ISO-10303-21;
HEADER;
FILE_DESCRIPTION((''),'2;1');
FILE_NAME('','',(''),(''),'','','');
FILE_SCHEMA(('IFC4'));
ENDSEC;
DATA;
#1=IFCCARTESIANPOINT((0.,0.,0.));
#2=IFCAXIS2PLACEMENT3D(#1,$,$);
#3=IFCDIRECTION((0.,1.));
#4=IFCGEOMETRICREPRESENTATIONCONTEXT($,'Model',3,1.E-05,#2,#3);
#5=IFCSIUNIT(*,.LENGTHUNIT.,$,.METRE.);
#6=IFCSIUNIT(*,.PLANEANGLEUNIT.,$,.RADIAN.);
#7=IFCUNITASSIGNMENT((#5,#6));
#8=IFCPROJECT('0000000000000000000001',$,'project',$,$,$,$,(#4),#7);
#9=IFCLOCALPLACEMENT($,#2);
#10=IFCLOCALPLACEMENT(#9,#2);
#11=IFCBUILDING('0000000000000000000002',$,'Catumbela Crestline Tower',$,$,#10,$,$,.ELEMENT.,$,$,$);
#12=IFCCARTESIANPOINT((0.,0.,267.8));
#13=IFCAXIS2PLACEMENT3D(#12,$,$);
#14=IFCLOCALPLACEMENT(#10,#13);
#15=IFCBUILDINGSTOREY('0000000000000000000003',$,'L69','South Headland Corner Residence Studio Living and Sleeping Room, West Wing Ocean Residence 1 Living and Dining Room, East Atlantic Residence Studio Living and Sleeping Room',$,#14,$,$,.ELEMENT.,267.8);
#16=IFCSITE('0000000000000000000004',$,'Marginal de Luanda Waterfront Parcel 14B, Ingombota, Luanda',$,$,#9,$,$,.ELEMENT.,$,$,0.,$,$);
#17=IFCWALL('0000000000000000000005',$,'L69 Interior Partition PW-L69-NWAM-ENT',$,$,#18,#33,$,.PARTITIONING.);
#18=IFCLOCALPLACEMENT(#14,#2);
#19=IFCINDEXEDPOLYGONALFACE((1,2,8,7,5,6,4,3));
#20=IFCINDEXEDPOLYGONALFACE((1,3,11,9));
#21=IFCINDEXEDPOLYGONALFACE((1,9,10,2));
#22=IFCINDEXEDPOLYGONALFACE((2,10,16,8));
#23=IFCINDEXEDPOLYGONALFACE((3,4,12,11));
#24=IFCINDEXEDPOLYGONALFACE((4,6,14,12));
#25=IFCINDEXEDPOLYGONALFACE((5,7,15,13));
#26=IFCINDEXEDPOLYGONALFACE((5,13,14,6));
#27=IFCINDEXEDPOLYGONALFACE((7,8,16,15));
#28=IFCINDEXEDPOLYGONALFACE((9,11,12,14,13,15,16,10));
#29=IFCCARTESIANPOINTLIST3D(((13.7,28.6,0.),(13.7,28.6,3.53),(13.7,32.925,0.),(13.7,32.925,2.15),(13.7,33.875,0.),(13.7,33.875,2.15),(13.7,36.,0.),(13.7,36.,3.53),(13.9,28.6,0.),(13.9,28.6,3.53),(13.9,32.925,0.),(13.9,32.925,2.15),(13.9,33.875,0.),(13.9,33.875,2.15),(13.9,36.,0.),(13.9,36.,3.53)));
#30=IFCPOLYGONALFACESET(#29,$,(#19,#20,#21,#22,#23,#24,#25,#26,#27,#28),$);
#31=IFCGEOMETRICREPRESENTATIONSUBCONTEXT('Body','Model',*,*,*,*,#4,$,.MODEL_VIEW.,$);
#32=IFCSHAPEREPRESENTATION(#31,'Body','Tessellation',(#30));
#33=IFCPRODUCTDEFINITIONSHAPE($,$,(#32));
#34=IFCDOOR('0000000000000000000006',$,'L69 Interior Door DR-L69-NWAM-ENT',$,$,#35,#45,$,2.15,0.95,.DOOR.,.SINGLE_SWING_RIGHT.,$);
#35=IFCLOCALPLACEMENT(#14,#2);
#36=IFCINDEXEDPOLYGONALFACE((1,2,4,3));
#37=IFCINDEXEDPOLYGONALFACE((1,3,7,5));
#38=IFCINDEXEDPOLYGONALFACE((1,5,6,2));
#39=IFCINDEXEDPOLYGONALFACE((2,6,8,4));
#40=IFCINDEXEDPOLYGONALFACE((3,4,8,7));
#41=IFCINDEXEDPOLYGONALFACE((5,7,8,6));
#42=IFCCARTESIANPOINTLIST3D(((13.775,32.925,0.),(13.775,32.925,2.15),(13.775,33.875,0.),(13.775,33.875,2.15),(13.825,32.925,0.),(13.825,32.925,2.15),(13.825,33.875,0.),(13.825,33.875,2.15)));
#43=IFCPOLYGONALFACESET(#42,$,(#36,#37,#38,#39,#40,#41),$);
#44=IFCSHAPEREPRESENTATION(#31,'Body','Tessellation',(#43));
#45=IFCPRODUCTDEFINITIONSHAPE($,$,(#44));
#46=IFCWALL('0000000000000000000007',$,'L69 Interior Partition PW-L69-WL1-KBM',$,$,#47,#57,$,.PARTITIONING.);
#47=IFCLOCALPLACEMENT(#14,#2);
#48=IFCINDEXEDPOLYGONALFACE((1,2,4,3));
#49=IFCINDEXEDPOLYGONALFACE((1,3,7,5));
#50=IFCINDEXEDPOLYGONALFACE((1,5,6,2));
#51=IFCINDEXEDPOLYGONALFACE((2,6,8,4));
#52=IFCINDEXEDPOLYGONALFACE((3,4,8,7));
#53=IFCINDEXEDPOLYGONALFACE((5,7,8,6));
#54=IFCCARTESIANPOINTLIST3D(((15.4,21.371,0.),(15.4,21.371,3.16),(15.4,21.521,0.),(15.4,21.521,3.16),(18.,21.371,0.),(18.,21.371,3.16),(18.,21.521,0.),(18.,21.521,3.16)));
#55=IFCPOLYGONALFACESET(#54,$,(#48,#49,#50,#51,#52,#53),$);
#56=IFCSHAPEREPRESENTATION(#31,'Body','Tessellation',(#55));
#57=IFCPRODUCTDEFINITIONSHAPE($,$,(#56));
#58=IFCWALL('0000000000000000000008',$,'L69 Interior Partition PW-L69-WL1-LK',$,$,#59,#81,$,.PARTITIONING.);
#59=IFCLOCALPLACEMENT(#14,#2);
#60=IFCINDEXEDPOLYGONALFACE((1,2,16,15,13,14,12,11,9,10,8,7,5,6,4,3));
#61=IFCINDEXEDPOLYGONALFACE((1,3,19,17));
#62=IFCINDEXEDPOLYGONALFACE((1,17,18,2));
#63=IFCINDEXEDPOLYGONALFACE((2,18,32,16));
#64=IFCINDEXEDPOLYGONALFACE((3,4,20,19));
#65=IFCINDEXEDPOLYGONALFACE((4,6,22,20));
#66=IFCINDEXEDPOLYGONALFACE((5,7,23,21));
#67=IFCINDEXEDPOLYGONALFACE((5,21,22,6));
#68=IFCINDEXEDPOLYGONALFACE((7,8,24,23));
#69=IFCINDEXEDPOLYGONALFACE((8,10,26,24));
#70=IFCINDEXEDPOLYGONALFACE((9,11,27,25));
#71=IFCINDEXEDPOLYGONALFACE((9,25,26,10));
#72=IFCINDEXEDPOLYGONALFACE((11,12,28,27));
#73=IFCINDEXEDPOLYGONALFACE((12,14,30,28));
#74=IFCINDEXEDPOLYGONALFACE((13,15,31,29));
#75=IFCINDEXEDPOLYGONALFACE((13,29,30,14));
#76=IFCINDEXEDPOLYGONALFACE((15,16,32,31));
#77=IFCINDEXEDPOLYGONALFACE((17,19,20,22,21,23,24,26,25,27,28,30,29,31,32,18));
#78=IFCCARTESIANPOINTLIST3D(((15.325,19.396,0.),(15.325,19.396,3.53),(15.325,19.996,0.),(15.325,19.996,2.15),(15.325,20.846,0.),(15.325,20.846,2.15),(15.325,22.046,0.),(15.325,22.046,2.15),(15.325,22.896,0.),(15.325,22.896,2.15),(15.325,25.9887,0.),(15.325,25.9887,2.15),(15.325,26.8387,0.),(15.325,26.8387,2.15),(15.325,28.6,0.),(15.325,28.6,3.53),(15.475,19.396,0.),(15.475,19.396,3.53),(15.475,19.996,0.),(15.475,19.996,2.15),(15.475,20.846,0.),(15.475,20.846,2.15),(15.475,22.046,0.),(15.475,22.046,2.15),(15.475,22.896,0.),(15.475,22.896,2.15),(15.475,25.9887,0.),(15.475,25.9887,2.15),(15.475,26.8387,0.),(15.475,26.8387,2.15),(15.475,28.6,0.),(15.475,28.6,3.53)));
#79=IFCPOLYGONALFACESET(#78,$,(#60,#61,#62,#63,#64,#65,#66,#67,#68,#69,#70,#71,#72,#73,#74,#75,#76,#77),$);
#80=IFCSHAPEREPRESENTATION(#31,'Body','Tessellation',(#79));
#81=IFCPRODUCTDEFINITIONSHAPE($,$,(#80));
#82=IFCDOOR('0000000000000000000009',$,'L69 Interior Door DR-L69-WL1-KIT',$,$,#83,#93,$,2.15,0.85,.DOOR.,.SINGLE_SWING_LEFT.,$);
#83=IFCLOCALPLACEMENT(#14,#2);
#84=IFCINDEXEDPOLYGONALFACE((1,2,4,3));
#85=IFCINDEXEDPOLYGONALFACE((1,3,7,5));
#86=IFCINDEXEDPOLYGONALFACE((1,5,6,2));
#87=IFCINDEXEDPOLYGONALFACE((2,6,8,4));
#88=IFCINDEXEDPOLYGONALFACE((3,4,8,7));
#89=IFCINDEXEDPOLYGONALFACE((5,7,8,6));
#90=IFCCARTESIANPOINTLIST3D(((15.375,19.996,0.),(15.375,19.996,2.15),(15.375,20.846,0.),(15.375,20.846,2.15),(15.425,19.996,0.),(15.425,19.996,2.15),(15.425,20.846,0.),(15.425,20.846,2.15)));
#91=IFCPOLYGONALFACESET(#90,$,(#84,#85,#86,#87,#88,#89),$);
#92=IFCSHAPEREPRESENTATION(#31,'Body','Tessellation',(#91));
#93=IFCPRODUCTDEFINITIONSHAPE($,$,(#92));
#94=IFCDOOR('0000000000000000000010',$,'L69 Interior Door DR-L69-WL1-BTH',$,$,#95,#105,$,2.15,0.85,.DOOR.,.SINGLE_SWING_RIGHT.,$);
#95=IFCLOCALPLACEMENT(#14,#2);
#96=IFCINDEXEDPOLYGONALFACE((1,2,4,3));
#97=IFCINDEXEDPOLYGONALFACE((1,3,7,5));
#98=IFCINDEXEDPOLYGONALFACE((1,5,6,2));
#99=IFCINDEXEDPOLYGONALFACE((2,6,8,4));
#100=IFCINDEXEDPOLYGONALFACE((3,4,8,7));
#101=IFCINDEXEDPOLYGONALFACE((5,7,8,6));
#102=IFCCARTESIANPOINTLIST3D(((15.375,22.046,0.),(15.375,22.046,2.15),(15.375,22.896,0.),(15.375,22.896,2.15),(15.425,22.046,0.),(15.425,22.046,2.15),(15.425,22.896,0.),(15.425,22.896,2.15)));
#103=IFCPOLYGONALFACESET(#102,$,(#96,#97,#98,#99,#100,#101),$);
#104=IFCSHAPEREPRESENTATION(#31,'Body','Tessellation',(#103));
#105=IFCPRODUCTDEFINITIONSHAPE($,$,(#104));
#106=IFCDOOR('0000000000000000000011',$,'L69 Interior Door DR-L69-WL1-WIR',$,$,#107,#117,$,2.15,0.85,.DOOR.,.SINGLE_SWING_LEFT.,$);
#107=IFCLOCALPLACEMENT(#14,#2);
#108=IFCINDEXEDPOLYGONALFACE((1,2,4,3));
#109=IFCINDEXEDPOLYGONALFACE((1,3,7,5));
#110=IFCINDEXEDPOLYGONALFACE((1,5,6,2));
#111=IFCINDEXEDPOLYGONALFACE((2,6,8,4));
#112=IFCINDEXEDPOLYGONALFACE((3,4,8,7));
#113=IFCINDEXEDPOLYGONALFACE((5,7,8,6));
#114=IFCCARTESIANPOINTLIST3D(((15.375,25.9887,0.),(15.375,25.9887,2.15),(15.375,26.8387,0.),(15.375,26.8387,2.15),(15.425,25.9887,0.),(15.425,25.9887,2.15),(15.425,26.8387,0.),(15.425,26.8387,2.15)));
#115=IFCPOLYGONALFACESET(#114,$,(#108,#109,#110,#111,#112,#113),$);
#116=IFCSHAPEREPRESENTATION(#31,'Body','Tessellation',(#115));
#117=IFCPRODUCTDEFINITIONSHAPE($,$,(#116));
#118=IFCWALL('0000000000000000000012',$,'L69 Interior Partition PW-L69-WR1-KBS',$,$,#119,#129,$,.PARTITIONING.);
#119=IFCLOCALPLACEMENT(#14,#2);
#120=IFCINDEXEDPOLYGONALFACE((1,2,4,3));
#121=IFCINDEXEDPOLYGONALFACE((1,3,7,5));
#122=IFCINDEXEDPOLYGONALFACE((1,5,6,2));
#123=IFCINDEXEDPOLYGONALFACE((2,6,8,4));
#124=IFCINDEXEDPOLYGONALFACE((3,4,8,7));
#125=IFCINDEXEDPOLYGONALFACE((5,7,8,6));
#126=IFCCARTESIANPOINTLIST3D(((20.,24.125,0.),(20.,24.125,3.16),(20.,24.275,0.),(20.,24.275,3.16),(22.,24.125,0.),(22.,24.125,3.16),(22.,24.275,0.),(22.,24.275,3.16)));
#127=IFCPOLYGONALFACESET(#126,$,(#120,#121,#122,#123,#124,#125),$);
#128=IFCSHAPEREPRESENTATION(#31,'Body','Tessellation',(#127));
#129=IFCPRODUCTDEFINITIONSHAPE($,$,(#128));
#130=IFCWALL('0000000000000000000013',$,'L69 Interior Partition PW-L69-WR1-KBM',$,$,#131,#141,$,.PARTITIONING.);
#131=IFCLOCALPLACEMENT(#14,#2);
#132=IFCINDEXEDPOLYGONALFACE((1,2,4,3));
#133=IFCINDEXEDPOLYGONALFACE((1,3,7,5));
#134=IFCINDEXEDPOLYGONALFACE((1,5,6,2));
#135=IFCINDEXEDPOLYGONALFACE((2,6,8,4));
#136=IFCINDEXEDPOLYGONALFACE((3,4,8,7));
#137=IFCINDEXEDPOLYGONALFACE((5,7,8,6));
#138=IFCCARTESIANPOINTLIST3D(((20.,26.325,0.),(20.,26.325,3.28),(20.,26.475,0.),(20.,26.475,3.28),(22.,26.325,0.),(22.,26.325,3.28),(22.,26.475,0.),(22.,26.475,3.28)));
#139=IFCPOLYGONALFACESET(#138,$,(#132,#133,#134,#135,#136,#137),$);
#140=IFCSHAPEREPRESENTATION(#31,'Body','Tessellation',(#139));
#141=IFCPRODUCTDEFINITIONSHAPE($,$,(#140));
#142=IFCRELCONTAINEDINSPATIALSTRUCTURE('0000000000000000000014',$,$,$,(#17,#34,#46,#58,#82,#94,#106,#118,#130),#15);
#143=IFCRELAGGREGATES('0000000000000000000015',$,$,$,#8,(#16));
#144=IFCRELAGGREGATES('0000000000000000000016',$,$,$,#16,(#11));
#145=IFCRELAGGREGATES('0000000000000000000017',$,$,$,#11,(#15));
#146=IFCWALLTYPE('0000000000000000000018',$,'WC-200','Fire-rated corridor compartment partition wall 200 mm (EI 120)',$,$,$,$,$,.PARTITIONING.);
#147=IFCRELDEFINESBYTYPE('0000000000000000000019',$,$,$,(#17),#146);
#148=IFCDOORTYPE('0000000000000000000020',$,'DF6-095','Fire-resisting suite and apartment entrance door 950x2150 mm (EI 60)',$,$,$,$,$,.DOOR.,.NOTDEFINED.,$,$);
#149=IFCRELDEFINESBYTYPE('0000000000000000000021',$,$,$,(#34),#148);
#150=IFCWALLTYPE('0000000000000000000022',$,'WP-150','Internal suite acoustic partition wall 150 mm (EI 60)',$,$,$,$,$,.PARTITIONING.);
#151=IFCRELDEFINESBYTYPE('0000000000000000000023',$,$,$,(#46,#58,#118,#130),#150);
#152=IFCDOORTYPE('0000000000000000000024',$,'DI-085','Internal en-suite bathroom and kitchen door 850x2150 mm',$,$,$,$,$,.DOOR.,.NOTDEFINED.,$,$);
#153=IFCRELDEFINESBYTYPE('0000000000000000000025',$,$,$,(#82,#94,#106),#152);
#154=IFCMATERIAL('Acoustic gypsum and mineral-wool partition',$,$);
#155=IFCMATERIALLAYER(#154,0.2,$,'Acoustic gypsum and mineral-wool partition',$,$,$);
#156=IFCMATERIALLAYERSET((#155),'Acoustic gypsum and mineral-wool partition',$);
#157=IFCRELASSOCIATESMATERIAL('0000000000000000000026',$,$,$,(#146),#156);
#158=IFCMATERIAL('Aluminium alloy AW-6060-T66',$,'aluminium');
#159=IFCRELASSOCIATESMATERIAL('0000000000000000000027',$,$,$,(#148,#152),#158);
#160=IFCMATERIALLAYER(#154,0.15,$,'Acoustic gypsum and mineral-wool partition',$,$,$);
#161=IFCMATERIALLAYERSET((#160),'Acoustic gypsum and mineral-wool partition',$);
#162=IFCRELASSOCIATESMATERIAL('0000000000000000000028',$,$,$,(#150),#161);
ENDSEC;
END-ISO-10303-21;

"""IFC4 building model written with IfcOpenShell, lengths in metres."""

from ifc_helpers import new_model, si_unit, direction, frame, frame_2d, origin, place, context, subcontext, project, spatial, rectangle, extrude, material, layer, layer_set, type_object, element, fill, save


model = new_model("IFC4")

# Units and contexts
model_context = context("Model", 3, precision=1e-05, world=origin(), true_north=direction((0.0, 1.0)))
body_context = subcontext(model_context, "Body", "Model", "MODEL_VIEW")
ifc_project = project(units=[si_unit("LENGTHUNIT", "METRE"), si_unit("PLANEANGLEUNIT", "RADIAN")], contexts=[model_context])

# Site, building, storey
site_placement = place(None, origin())
site = spatial("IfcSite", under=ifc_project, at=site_placement, Name="Marginal de Luanda Waterfront Parcel 14B, Ingombota, Luanda", CompositionType="ELEMENT", RefElevation=0.0)
building_placement = place(site_placement, origin())
building = spatial("IfcBuilding", under=site, at=building_placement, Name="Catumbela Crestline Tower", CompositionType="ELEMENT")
storey_placement = place(building_placement, frame((0.0, 0.0, 267.8)))
storey = spatial("IfcBuildingStorey", under=building, at=storey_placement, Name="L69", Description="South Headland Corner Residence Studio Living and Sleeping Room, West Wing Ocean Residence 1 Living and Dining Room, East Atlantic Residence Studio Living and Sleeping Room", CompositionType="ELEMENT", Elevation=267.8)

# Shared definitions
ifc_material_1 = material(Name="Acoustic gypsum and mineral-wool partition")
ifc_layer_1 = layer(ifc_material_1, 0.2, Name="Acoustic gypsum and mineral-wool partition")
ifc_layer_set_1 = layer_set([ifc_layer_1], Name="Acoustic gypsum and mineral-wool partition")
wall_type_1 = type_object("IfcWallType", Name="WC-200", Description="Fire-rated corridor compartment partition wall 200 mm (EI 120)", PredefinedType="PARTITIONING", material=ifc_layer_set_1)

# Shared definitions
ifc_material_2 = material(Name="Aluminium alloy AW-6060-T66", Category="aluminium")
door_type_1 = type_object("IfcDoorType", Name="DF6-095", Description="Fire-resisting suite and apartment entrance door 950x2150 mm (EI 60)", OperationType="NOTDEFINED", PredefinedType="DOOR", material=ifc_material_2)

# Wall, opening, door
wall_1_placement = place(storey_placement, frame((13.8, 28.6, 0.0), z_axis=(0.0, 0.0, 1.0), x_axis=(0.0, 1.0, 0.0)))
wall_1 = element("IfcWall", 1, at=wall_1_placement, inside=storey, type_object=wall_type_1, Name="L69 Interior Partition PW-L69-NWAM-ENT", PredefinedType="PARTITIONING", context=body_context, shape_type="SweptSolid", body=[
    extrude(rectangle(XDim=7.4, YDim=0.2, at=frame_2d((3.7, 0.0))), origin(), (0.0, 0.0, 1.0), 3.53),
])
opening_1_placement = place(wall_1_placement, frame((4.325, 0.0, 0.0)))
opening_1 = element("IfcOpeningElement", 2, at=opening_1_placement, cuts=wall_1, PredefinedType="OPENING", context=body_context, shape_type="SweptSolid", body=[
    extrude(rectangle(XDim=0.95, YDim=2.15, at=frame_2d((0.475, 1.075))), frame((0.0, 0.11, 0.0), z_axis=(0.0, -1.0, 0.0), x_axis=(1.0, 0.0, 0.0)), (0.0, 0.0, 1.0), 0.22),
])
door_1_placement = place(opening_1_placement, origin())
door_1 = element("IfcDoor", 3, at=door_1_placement, inside=storey, type_object=door_type_1, Name="L69 Interior Door DR-L69-NWAM-ENT", OperationType="SINGLE_SWING_RIGHT", OverallHeight=2.15, OverallWidth=0.95, PredefinedType="DOOR", context=body_context, shape_type="SweptSolid", body=[
    extrude(rectangle(XDim=0.95, YDim=2.15, at=frame_2d((0.475, 1.075))), frame((0.0, 0.025, 0.0), z_axis=(0.0, -1.0, 0.0), x_axis=(1.0, 0.0, 0.0)), (0.0, 0.0, 1.0), 0.05),
])
fill(opening_1, door_1)

# Wall
ifc_layer_2 = layer(ifc_material_1, 0.15, Name="Acoustic gypsum and mineral-wool partition")
ifc_layer_set_2 = layer_set([ifc_layer_2], Name="Acoustic gypsum and mineral-wool partition")
wall_type_2 = type_object("IfcWallType", Name="WP-150", Description="Internal suite acoustic partition wall 150 mm (EI 60)", PredefinedType="PARTITIONING", material=ifc_layer_set_2)
wall_2_placement = place(storey_placement, frame((15.4, 21.446, 0.0), z_axis=(0.0, 0.0, 1.0), x_axis=(1.0, 0.0, 0.0)))
element("IfcWall", 4, at=wall_2_placement, inside=storey, type_object=wall_type_2, Name="L69 Interior Partition PW-L69-WL1-KBM", PredefinedType="PARTITIONING", context=body_context, shape_type="SweptSolid", body=[
    extrude(rectangle(XDim=2.6, YDim=0.15, at=frame_2d((1.3, 0.0))), origin(), (0.0, 0.0, 1.0), 3.16),
])

# Wall, openings, doors
wall_3_placement = place(storey_placement, frame((15.4, 19.396, 0.0), z_axis=(0.0, 0.0, 1.0), x_axis=(0.0, 1.0, 0.0)))
wall_3 = element("IfcWall", 5, at=wall_3_placement, inside=storey, type_object=wall_type_2, Name="L69 Interior Partition PW-L69-WL1-LK", PredefinedType="PARTITIONING", context=body_context, shape_type="SweptSolid", body=[
    extrude(rectangle(XDim=9.204, YDim=0.15, at=frame_2d((4.602, 0.0))), origin(), (0.0, 0.0, 1.0), 3.53),
])
opening_2_placement = place(wall_3_placement, frame((0.6, 0.0, 0.0)))
opening_2 = element("IfcOpeningElement", 6, at=opening_2_placement, cuts=wall_3, PredefinedType="OPENING", context=body_context, shape_type="SweptSolid", body=[
    extrude(rectangle(XDim=0.85, YDim=2.15, at=frame_2d((0.425, 1.075))), frame((0.0, 0.085, 0.0), z_axis=(0.0, -1.0, 0.0), x_axis=(1.0, 0.0, 0.0)), (0.0, 0.0, 1.0), 0.17),
])
opening_3_placement = place(wall_3_placement, frame((2.65, 0.0, 0.0)))
opening_3 = element("IfcOpeningElement", 7, at=opening_3_placement, cuts=wall_3, PredefinedType="OPENING", context=body_context, shape_type="SweptSolid", body=[
    extrude(rectangle(XDim=0.85, YDim=2.15, at=frame_2d((0.425, 1.075))), frame((0.0, 0.085, 0.0), z_axis=(0.0, -1.0, 0.0), x_axis=(1.0, 0.0, 0.0)), (0.0, 0.0, 1.0), 0.17),
])
opening_4_placement = place(wall_3_placement, frame((6.5927, 0.0, 0.0)))
opening_4 = element("IfcOpeningElement", 8, at=opening_4_placement, cuts=wall_3, PredefinedType="OPENING", context=body_context, shape_type="SweptSolid", body=[
    extrude(rectangle(XDim=0.85, YDim=2.15, at=frame_2d((0.425, 1.075))), frame((0.0, 0.085, 0.0), z_axis=(0.0, -1.0, 0.0), x_axis=(1.0, 0.0, 0.0)), (0.0, 0.0, 1.0), 0.17),
])
door_type_2 = type_object("IfcDoorType", Name="DI-085", Description="Internal en-suite bathroom and kitchen door 850x2150 mm", OperationType="NOTDEFINED", PredefinedType="DOOR", material=ifc_material_2)
door_2_placement = place(opening_2_placement, origin())
door_2 = element("IfcDoor", 9, at=door_2_placement, inside=storey, type_object=door_type_2, Name="L69 Interior Door DR-L69-WL1-KIT", OperationType="SINGLE_SWING_LEFT", OverallHeight=2.15, OverallWidth=0.85, PredefinedType="DOOR", context=body_context, shape_type="SweptSolid", body=[
    extrude(rectangle(XDim=0.85, YDim=2.15, at=frame_2d((0.425, 1.075))), frame((0.0, 0.025, 0.0), z_axis=(0.0, -1.0, 0.0), x_axis=(1.0, 0.0, 0.0)), (0.0, 0.0, 1.0), 0.05),
])
fill(opening_2, door_2)
door_3_placement = place(opening_3_placement, origin())
door_3 = element("IfcDoor", 10, at=door_3_placement, inside=storey, type_object=door_type_2, Name="L69 Interior Door DR-L69-WL1-BTH", OperationType="SINGLE_SWING_RIGHT", OverallHeight=2.15, OverallWidth=0.85, PredefinedType="DOOR", context=body_context, shape_type="SweptSolid", body=[
    extrude(rectangle(XDim=0.85, YDim=2.15, at=frame_2d((0.425, 1.075))), frame((0.0, 0.025, 0.0), z_axis=(0.0, -1.0, 0.0), x_axis=(1.0, 0.0, 0.0)), (0.0, 0.0, 1.0), 0.05),
])
fill(opening_3, door_3)
door_4_placement = place(opening_4_placement, origin())
door_4 = element("IfcDoor", 11, at=door_4_placement, inside=storey, type_object=door_type_2, Name="L69 Interior Door DR-L69-WL1-WIR", OperationType="SINGLE_SWING_LEFT", OverallHeight=2.15, OverallWidth=0.85, PredefinedType="DOOR", context=body_context, shape_type="SweptSolid", body=[
    extrude(rectangle(XDim=0.85, YDim=2.15, at=frame_2d((0.425, 1.075))), frame((0.0, 0.025, 0.0), z_axis=(0.0, -1.0, 0.0), x_axis=(1.0, 0.0, 0.0)), (0.0, 0.0, 1.0), 0.05),
])
fill(opening_4, door_4)

# Walls
wall_4_placement = place(storey_placement, frame((20.0, 24.2, 0.0), z_axis=(0.0, 0.0, 1.0), x_axis=(1.0, 0.0, 0.0)))
element("IfcWall", 12, at=wall_4_placement, inside=storey, type_object=wall_type_2, Name="L69 Interior Partition PW-L69-WR1-KBS", PredefinedType="PARTITIONING", context=body_context, shape_type="SweptSolid", body=[
    extrude(rectangle(XDim=2.0, YDim=0.15, at=frame_2d((1.0, 0.0))), origin(), (0.0, 0.0, 1.0), 3.16),
])
wall_5_placement = place(storey_placement, frame((20.0, 26.4, 0.0), z_axis=(0.0, 0.0, 1.0), x_axis=(1.0, 0.0, 0.0)))
element("IfcWall", 13, at=wall_5_placement, inside=storey, type_object=wall_type_2, Name="L69 Interior Partition PW-L69-WR1-KBM", PredefinedType="PARTITIONING", context=body_context, shape_type="SweptSolid", body=[
    extrude(rectangle(XDim=2.0, YDim=0.15, at=frame_2d((1.0, 0.0))), origin(), (0.0, 0.0, 1.0), 3.28),
])

save(model, "model.ifc")
